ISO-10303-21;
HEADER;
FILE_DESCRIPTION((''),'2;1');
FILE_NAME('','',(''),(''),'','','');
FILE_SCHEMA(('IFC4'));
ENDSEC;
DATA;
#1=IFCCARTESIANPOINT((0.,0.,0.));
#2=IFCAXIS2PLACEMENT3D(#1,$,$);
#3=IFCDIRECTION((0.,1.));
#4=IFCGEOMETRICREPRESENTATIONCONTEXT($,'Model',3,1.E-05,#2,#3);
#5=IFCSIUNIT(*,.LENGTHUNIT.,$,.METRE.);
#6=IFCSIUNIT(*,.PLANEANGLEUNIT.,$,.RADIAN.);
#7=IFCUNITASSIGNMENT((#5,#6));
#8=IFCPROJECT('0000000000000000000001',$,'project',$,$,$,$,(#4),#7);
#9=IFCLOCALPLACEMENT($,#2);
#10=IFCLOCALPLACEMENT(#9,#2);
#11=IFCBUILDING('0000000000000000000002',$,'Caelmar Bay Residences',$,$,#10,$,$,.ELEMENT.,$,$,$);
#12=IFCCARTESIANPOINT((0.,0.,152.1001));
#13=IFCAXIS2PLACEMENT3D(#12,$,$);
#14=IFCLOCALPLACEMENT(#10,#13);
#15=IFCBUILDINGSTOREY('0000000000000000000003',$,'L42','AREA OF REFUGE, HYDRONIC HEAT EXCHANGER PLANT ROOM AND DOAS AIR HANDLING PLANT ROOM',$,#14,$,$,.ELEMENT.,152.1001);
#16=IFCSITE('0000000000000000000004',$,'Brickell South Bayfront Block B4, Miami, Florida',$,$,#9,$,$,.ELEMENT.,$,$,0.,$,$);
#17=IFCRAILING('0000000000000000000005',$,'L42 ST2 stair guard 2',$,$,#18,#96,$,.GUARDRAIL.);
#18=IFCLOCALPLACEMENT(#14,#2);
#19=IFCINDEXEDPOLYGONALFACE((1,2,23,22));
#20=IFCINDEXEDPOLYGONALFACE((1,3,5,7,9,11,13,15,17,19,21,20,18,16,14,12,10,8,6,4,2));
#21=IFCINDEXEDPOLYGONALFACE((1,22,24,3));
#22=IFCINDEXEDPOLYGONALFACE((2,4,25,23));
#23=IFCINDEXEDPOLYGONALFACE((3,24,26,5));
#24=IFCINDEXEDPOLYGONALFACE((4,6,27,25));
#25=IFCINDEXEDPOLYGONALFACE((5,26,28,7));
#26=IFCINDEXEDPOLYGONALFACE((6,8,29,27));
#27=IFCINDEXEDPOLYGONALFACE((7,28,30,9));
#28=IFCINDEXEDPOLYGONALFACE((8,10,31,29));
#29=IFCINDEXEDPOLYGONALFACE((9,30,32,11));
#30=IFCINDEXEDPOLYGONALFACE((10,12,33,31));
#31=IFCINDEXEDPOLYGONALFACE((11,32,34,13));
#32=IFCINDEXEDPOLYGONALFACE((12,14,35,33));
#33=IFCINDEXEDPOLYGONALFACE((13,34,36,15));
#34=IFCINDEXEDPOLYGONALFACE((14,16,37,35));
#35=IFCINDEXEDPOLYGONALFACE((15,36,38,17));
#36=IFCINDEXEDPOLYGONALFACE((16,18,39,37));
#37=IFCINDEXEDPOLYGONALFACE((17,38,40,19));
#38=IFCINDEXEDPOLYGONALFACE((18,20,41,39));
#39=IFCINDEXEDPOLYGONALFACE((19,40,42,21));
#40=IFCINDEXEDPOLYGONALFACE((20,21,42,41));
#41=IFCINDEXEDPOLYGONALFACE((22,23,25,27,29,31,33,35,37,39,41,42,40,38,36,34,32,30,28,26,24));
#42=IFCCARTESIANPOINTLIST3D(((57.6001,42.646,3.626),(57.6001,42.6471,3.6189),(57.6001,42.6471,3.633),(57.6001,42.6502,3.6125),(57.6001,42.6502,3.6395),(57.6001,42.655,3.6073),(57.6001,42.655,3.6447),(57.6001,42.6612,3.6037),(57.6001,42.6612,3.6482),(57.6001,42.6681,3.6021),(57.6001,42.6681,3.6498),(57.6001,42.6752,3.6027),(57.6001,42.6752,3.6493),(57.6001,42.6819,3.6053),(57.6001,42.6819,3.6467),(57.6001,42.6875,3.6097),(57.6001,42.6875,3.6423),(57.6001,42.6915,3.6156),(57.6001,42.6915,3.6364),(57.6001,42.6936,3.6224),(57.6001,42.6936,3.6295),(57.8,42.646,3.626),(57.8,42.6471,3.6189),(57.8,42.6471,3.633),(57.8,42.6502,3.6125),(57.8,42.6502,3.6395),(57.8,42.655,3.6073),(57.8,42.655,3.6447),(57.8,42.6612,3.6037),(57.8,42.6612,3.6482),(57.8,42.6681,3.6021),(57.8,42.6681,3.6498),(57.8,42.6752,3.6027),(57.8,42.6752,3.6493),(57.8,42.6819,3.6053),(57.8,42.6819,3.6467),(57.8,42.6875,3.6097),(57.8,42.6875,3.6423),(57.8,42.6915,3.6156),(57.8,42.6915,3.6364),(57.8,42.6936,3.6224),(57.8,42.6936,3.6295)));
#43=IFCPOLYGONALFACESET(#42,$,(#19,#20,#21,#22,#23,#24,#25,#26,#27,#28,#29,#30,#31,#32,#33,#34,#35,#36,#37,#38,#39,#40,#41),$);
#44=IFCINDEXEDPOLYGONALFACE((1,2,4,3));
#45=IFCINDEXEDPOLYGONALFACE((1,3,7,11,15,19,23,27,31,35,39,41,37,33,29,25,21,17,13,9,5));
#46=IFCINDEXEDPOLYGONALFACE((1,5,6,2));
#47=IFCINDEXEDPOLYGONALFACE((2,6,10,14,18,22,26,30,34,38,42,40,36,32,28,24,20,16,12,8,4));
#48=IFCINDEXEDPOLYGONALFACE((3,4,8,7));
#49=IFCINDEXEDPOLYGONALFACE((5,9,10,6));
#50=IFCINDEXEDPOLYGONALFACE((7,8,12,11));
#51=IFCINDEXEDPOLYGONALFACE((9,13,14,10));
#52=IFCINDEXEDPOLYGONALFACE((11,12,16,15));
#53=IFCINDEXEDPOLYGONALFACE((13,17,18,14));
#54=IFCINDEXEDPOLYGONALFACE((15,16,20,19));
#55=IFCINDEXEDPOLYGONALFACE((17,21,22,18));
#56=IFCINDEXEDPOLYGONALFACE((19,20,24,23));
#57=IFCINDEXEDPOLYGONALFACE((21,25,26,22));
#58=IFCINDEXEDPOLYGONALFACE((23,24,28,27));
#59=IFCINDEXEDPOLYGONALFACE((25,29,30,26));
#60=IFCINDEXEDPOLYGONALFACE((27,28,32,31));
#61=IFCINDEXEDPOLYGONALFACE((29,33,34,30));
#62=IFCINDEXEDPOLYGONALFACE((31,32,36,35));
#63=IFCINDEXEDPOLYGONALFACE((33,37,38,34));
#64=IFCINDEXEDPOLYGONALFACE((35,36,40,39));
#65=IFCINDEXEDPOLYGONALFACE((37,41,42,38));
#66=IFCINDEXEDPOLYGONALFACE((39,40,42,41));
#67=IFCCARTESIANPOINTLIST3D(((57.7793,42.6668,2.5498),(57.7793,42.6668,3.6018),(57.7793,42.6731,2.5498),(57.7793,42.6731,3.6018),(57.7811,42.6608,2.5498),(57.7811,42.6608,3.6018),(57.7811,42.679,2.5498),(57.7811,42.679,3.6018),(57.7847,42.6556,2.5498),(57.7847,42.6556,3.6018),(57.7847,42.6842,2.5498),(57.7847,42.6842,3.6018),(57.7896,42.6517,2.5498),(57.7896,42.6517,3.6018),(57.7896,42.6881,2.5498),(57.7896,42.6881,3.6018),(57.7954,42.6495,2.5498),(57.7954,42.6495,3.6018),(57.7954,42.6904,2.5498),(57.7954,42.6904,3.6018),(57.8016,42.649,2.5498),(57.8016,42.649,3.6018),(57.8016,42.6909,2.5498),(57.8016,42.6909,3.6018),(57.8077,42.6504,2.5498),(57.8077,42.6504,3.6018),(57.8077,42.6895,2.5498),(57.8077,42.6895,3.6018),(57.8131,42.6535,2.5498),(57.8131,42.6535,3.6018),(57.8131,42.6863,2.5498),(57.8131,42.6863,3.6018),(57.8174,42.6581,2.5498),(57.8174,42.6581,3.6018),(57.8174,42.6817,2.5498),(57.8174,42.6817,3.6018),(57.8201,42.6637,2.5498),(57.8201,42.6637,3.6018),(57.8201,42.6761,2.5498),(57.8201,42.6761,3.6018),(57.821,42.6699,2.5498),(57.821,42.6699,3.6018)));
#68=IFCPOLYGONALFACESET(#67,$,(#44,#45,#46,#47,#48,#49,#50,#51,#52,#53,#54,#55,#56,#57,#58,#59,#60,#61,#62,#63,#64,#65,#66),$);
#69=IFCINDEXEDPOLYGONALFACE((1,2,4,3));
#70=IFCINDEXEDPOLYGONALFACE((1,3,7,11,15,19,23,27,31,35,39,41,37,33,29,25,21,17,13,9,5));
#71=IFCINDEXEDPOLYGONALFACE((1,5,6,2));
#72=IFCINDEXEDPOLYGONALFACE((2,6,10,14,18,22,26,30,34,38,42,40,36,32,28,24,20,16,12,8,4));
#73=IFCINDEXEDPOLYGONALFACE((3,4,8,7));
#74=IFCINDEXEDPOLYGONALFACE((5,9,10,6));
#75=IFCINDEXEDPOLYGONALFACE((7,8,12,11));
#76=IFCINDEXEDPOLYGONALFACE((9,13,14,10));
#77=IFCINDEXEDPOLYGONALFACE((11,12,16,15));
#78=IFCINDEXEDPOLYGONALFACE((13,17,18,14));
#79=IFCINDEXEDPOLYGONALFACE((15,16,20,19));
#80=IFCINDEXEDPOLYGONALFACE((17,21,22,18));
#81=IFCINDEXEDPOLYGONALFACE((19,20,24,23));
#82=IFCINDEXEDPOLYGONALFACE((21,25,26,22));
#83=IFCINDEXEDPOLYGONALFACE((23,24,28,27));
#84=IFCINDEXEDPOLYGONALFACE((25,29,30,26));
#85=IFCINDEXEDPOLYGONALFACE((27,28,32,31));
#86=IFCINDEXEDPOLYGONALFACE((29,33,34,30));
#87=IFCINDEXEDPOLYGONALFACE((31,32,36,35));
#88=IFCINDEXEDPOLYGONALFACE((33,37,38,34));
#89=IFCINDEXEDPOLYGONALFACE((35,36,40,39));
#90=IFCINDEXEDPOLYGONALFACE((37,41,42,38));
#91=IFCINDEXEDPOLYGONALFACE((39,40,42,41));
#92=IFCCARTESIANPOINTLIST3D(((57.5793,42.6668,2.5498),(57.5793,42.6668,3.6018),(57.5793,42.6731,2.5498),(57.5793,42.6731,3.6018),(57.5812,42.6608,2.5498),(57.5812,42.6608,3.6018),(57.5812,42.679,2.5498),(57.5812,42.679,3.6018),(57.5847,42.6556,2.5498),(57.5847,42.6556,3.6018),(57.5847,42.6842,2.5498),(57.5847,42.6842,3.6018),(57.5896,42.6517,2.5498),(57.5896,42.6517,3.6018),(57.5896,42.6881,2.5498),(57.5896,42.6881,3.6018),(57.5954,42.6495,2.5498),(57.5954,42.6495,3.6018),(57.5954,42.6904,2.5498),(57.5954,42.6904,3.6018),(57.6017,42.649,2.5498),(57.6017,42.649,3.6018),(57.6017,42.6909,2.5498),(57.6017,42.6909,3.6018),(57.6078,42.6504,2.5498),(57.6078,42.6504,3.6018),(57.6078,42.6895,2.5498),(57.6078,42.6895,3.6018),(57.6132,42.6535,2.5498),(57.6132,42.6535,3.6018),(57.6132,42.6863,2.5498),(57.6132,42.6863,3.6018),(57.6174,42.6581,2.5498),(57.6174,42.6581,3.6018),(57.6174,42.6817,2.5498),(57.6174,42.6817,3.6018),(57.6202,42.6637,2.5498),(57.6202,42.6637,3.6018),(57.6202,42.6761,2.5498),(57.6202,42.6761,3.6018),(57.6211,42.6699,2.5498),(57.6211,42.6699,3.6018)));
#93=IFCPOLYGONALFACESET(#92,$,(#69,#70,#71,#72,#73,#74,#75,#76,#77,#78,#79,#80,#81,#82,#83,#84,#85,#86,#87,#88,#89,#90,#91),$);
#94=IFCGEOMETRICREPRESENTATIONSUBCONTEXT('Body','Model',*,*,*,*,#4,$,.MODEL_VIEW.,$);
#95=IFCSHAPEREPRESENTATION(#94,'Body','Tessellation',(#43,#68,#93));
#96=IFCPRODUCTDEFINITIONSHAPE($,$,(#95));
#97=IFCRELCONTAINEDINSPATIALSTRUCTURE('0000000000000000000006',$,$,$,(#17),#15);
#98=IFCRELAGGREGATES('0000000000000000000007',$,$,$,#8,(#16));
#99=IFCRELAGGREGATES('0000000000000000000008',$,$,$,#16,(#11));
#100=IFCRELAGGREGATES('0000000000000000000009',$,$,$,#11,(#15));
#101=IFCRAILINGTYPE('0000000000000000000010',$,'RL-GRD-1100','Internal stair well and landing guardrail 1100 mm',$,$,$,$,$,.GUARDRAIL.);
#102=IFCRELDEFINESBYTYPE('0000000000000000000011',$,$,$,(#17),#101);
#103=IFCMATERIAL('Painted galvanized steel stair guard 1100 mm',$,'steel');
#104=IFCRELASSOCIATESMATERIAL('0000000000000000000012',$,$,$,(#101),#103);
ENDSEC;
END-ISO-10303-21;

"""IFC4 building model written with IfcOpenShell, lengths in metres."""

from ifc_helpers import new_model, si_unit, direction, frame, origin, origin_2d, place, context, subcontext, project, spatial, circle, extrude, material, type_object, element, save


model = new_model("IFC4")

# Units and contexts
model_context = context("Model", 3, precision=1e-05, world=origin(), true_north=direction((0.0, 1.0)))
body_context = subcontext(model_context, "Body", "Model", "MODEL_VIEW")
ifc_project = project(units=[si_unit("LENGTHUNIT", "METRE"), si_unit("PLANEANGLEUNIT", "RADIAN")], contexts=[model_context])

# Site, building, storey
site_placement = place(None, origin())
site = spatial("IfcSite", under=ifc_project, at=site_placement, Name="Brickell South Bayfront Block B4, Miami, Florida", CompositionType="ELEMENT", RefElevation=0.0)
building_placement = place(site_placement, origin())
building = spatial("IfcBuilding", under=site, at=building_placement, Name="Caelmar Bay Residences", CompositionType="ELEMENT")
storey_placement = place(building_placement, frame((0.0, 0.0, 152.1001)))
storey = spatial("IfcBuildingStorey", under=building, at=storey_placement, Name="L42", Description="AREA OF REFUGE, HYDRONIC HEAT EXCHANGER PLANT ROOM AND DOAS AIR HANDLING PLANT ROOM", CompositionType="ELEMENT", Elevation=152.1001)

# Railing
ifc_material_1 = material(Name="Painted galvanized steel stair guard 1100 mm", Category="steel")
railing_type_1 = type_object("IfcRailingType", Name="RL-GRD-1100", Description="Internal stair well and landing guardrail 1100 mm", PredefinedType="GUARDRAIL", material=ifc_material_1)
railing_1_placement = place(storey_placement, frame((57.8, 42.6699, 2.5498)))
element("IfcRailing", 1, at=railing_1_placement, inside=storey, type_object=railing_type_1, Name="L42 ST2 stair guard 2", PredefinedType="GUARDRAIL", context=body_context, shape_type="SweptSolid", body=[
    extrude(circle(Radius=0.0239, at=origin_2d()), frame((0.0, 0.0, 1.0762), z_axis=(-1.0, 0.0, 0.0), x_axis=(0.0, -1.0, 0.0)), (0.0, 0.0, 1.0), 0.2),
    extrude(circle(Radius=0.021, at=origin_2d()), origin(), (0.0, 0.0, 1.0), 1.052),
    extrude(circle(Radius=0.021, at=origin_2d()), frame((-0.2, 0.0, 0.0)), (0.0, 0.0, 1.0), 1.052),
])

save(model, "model.ifc")
